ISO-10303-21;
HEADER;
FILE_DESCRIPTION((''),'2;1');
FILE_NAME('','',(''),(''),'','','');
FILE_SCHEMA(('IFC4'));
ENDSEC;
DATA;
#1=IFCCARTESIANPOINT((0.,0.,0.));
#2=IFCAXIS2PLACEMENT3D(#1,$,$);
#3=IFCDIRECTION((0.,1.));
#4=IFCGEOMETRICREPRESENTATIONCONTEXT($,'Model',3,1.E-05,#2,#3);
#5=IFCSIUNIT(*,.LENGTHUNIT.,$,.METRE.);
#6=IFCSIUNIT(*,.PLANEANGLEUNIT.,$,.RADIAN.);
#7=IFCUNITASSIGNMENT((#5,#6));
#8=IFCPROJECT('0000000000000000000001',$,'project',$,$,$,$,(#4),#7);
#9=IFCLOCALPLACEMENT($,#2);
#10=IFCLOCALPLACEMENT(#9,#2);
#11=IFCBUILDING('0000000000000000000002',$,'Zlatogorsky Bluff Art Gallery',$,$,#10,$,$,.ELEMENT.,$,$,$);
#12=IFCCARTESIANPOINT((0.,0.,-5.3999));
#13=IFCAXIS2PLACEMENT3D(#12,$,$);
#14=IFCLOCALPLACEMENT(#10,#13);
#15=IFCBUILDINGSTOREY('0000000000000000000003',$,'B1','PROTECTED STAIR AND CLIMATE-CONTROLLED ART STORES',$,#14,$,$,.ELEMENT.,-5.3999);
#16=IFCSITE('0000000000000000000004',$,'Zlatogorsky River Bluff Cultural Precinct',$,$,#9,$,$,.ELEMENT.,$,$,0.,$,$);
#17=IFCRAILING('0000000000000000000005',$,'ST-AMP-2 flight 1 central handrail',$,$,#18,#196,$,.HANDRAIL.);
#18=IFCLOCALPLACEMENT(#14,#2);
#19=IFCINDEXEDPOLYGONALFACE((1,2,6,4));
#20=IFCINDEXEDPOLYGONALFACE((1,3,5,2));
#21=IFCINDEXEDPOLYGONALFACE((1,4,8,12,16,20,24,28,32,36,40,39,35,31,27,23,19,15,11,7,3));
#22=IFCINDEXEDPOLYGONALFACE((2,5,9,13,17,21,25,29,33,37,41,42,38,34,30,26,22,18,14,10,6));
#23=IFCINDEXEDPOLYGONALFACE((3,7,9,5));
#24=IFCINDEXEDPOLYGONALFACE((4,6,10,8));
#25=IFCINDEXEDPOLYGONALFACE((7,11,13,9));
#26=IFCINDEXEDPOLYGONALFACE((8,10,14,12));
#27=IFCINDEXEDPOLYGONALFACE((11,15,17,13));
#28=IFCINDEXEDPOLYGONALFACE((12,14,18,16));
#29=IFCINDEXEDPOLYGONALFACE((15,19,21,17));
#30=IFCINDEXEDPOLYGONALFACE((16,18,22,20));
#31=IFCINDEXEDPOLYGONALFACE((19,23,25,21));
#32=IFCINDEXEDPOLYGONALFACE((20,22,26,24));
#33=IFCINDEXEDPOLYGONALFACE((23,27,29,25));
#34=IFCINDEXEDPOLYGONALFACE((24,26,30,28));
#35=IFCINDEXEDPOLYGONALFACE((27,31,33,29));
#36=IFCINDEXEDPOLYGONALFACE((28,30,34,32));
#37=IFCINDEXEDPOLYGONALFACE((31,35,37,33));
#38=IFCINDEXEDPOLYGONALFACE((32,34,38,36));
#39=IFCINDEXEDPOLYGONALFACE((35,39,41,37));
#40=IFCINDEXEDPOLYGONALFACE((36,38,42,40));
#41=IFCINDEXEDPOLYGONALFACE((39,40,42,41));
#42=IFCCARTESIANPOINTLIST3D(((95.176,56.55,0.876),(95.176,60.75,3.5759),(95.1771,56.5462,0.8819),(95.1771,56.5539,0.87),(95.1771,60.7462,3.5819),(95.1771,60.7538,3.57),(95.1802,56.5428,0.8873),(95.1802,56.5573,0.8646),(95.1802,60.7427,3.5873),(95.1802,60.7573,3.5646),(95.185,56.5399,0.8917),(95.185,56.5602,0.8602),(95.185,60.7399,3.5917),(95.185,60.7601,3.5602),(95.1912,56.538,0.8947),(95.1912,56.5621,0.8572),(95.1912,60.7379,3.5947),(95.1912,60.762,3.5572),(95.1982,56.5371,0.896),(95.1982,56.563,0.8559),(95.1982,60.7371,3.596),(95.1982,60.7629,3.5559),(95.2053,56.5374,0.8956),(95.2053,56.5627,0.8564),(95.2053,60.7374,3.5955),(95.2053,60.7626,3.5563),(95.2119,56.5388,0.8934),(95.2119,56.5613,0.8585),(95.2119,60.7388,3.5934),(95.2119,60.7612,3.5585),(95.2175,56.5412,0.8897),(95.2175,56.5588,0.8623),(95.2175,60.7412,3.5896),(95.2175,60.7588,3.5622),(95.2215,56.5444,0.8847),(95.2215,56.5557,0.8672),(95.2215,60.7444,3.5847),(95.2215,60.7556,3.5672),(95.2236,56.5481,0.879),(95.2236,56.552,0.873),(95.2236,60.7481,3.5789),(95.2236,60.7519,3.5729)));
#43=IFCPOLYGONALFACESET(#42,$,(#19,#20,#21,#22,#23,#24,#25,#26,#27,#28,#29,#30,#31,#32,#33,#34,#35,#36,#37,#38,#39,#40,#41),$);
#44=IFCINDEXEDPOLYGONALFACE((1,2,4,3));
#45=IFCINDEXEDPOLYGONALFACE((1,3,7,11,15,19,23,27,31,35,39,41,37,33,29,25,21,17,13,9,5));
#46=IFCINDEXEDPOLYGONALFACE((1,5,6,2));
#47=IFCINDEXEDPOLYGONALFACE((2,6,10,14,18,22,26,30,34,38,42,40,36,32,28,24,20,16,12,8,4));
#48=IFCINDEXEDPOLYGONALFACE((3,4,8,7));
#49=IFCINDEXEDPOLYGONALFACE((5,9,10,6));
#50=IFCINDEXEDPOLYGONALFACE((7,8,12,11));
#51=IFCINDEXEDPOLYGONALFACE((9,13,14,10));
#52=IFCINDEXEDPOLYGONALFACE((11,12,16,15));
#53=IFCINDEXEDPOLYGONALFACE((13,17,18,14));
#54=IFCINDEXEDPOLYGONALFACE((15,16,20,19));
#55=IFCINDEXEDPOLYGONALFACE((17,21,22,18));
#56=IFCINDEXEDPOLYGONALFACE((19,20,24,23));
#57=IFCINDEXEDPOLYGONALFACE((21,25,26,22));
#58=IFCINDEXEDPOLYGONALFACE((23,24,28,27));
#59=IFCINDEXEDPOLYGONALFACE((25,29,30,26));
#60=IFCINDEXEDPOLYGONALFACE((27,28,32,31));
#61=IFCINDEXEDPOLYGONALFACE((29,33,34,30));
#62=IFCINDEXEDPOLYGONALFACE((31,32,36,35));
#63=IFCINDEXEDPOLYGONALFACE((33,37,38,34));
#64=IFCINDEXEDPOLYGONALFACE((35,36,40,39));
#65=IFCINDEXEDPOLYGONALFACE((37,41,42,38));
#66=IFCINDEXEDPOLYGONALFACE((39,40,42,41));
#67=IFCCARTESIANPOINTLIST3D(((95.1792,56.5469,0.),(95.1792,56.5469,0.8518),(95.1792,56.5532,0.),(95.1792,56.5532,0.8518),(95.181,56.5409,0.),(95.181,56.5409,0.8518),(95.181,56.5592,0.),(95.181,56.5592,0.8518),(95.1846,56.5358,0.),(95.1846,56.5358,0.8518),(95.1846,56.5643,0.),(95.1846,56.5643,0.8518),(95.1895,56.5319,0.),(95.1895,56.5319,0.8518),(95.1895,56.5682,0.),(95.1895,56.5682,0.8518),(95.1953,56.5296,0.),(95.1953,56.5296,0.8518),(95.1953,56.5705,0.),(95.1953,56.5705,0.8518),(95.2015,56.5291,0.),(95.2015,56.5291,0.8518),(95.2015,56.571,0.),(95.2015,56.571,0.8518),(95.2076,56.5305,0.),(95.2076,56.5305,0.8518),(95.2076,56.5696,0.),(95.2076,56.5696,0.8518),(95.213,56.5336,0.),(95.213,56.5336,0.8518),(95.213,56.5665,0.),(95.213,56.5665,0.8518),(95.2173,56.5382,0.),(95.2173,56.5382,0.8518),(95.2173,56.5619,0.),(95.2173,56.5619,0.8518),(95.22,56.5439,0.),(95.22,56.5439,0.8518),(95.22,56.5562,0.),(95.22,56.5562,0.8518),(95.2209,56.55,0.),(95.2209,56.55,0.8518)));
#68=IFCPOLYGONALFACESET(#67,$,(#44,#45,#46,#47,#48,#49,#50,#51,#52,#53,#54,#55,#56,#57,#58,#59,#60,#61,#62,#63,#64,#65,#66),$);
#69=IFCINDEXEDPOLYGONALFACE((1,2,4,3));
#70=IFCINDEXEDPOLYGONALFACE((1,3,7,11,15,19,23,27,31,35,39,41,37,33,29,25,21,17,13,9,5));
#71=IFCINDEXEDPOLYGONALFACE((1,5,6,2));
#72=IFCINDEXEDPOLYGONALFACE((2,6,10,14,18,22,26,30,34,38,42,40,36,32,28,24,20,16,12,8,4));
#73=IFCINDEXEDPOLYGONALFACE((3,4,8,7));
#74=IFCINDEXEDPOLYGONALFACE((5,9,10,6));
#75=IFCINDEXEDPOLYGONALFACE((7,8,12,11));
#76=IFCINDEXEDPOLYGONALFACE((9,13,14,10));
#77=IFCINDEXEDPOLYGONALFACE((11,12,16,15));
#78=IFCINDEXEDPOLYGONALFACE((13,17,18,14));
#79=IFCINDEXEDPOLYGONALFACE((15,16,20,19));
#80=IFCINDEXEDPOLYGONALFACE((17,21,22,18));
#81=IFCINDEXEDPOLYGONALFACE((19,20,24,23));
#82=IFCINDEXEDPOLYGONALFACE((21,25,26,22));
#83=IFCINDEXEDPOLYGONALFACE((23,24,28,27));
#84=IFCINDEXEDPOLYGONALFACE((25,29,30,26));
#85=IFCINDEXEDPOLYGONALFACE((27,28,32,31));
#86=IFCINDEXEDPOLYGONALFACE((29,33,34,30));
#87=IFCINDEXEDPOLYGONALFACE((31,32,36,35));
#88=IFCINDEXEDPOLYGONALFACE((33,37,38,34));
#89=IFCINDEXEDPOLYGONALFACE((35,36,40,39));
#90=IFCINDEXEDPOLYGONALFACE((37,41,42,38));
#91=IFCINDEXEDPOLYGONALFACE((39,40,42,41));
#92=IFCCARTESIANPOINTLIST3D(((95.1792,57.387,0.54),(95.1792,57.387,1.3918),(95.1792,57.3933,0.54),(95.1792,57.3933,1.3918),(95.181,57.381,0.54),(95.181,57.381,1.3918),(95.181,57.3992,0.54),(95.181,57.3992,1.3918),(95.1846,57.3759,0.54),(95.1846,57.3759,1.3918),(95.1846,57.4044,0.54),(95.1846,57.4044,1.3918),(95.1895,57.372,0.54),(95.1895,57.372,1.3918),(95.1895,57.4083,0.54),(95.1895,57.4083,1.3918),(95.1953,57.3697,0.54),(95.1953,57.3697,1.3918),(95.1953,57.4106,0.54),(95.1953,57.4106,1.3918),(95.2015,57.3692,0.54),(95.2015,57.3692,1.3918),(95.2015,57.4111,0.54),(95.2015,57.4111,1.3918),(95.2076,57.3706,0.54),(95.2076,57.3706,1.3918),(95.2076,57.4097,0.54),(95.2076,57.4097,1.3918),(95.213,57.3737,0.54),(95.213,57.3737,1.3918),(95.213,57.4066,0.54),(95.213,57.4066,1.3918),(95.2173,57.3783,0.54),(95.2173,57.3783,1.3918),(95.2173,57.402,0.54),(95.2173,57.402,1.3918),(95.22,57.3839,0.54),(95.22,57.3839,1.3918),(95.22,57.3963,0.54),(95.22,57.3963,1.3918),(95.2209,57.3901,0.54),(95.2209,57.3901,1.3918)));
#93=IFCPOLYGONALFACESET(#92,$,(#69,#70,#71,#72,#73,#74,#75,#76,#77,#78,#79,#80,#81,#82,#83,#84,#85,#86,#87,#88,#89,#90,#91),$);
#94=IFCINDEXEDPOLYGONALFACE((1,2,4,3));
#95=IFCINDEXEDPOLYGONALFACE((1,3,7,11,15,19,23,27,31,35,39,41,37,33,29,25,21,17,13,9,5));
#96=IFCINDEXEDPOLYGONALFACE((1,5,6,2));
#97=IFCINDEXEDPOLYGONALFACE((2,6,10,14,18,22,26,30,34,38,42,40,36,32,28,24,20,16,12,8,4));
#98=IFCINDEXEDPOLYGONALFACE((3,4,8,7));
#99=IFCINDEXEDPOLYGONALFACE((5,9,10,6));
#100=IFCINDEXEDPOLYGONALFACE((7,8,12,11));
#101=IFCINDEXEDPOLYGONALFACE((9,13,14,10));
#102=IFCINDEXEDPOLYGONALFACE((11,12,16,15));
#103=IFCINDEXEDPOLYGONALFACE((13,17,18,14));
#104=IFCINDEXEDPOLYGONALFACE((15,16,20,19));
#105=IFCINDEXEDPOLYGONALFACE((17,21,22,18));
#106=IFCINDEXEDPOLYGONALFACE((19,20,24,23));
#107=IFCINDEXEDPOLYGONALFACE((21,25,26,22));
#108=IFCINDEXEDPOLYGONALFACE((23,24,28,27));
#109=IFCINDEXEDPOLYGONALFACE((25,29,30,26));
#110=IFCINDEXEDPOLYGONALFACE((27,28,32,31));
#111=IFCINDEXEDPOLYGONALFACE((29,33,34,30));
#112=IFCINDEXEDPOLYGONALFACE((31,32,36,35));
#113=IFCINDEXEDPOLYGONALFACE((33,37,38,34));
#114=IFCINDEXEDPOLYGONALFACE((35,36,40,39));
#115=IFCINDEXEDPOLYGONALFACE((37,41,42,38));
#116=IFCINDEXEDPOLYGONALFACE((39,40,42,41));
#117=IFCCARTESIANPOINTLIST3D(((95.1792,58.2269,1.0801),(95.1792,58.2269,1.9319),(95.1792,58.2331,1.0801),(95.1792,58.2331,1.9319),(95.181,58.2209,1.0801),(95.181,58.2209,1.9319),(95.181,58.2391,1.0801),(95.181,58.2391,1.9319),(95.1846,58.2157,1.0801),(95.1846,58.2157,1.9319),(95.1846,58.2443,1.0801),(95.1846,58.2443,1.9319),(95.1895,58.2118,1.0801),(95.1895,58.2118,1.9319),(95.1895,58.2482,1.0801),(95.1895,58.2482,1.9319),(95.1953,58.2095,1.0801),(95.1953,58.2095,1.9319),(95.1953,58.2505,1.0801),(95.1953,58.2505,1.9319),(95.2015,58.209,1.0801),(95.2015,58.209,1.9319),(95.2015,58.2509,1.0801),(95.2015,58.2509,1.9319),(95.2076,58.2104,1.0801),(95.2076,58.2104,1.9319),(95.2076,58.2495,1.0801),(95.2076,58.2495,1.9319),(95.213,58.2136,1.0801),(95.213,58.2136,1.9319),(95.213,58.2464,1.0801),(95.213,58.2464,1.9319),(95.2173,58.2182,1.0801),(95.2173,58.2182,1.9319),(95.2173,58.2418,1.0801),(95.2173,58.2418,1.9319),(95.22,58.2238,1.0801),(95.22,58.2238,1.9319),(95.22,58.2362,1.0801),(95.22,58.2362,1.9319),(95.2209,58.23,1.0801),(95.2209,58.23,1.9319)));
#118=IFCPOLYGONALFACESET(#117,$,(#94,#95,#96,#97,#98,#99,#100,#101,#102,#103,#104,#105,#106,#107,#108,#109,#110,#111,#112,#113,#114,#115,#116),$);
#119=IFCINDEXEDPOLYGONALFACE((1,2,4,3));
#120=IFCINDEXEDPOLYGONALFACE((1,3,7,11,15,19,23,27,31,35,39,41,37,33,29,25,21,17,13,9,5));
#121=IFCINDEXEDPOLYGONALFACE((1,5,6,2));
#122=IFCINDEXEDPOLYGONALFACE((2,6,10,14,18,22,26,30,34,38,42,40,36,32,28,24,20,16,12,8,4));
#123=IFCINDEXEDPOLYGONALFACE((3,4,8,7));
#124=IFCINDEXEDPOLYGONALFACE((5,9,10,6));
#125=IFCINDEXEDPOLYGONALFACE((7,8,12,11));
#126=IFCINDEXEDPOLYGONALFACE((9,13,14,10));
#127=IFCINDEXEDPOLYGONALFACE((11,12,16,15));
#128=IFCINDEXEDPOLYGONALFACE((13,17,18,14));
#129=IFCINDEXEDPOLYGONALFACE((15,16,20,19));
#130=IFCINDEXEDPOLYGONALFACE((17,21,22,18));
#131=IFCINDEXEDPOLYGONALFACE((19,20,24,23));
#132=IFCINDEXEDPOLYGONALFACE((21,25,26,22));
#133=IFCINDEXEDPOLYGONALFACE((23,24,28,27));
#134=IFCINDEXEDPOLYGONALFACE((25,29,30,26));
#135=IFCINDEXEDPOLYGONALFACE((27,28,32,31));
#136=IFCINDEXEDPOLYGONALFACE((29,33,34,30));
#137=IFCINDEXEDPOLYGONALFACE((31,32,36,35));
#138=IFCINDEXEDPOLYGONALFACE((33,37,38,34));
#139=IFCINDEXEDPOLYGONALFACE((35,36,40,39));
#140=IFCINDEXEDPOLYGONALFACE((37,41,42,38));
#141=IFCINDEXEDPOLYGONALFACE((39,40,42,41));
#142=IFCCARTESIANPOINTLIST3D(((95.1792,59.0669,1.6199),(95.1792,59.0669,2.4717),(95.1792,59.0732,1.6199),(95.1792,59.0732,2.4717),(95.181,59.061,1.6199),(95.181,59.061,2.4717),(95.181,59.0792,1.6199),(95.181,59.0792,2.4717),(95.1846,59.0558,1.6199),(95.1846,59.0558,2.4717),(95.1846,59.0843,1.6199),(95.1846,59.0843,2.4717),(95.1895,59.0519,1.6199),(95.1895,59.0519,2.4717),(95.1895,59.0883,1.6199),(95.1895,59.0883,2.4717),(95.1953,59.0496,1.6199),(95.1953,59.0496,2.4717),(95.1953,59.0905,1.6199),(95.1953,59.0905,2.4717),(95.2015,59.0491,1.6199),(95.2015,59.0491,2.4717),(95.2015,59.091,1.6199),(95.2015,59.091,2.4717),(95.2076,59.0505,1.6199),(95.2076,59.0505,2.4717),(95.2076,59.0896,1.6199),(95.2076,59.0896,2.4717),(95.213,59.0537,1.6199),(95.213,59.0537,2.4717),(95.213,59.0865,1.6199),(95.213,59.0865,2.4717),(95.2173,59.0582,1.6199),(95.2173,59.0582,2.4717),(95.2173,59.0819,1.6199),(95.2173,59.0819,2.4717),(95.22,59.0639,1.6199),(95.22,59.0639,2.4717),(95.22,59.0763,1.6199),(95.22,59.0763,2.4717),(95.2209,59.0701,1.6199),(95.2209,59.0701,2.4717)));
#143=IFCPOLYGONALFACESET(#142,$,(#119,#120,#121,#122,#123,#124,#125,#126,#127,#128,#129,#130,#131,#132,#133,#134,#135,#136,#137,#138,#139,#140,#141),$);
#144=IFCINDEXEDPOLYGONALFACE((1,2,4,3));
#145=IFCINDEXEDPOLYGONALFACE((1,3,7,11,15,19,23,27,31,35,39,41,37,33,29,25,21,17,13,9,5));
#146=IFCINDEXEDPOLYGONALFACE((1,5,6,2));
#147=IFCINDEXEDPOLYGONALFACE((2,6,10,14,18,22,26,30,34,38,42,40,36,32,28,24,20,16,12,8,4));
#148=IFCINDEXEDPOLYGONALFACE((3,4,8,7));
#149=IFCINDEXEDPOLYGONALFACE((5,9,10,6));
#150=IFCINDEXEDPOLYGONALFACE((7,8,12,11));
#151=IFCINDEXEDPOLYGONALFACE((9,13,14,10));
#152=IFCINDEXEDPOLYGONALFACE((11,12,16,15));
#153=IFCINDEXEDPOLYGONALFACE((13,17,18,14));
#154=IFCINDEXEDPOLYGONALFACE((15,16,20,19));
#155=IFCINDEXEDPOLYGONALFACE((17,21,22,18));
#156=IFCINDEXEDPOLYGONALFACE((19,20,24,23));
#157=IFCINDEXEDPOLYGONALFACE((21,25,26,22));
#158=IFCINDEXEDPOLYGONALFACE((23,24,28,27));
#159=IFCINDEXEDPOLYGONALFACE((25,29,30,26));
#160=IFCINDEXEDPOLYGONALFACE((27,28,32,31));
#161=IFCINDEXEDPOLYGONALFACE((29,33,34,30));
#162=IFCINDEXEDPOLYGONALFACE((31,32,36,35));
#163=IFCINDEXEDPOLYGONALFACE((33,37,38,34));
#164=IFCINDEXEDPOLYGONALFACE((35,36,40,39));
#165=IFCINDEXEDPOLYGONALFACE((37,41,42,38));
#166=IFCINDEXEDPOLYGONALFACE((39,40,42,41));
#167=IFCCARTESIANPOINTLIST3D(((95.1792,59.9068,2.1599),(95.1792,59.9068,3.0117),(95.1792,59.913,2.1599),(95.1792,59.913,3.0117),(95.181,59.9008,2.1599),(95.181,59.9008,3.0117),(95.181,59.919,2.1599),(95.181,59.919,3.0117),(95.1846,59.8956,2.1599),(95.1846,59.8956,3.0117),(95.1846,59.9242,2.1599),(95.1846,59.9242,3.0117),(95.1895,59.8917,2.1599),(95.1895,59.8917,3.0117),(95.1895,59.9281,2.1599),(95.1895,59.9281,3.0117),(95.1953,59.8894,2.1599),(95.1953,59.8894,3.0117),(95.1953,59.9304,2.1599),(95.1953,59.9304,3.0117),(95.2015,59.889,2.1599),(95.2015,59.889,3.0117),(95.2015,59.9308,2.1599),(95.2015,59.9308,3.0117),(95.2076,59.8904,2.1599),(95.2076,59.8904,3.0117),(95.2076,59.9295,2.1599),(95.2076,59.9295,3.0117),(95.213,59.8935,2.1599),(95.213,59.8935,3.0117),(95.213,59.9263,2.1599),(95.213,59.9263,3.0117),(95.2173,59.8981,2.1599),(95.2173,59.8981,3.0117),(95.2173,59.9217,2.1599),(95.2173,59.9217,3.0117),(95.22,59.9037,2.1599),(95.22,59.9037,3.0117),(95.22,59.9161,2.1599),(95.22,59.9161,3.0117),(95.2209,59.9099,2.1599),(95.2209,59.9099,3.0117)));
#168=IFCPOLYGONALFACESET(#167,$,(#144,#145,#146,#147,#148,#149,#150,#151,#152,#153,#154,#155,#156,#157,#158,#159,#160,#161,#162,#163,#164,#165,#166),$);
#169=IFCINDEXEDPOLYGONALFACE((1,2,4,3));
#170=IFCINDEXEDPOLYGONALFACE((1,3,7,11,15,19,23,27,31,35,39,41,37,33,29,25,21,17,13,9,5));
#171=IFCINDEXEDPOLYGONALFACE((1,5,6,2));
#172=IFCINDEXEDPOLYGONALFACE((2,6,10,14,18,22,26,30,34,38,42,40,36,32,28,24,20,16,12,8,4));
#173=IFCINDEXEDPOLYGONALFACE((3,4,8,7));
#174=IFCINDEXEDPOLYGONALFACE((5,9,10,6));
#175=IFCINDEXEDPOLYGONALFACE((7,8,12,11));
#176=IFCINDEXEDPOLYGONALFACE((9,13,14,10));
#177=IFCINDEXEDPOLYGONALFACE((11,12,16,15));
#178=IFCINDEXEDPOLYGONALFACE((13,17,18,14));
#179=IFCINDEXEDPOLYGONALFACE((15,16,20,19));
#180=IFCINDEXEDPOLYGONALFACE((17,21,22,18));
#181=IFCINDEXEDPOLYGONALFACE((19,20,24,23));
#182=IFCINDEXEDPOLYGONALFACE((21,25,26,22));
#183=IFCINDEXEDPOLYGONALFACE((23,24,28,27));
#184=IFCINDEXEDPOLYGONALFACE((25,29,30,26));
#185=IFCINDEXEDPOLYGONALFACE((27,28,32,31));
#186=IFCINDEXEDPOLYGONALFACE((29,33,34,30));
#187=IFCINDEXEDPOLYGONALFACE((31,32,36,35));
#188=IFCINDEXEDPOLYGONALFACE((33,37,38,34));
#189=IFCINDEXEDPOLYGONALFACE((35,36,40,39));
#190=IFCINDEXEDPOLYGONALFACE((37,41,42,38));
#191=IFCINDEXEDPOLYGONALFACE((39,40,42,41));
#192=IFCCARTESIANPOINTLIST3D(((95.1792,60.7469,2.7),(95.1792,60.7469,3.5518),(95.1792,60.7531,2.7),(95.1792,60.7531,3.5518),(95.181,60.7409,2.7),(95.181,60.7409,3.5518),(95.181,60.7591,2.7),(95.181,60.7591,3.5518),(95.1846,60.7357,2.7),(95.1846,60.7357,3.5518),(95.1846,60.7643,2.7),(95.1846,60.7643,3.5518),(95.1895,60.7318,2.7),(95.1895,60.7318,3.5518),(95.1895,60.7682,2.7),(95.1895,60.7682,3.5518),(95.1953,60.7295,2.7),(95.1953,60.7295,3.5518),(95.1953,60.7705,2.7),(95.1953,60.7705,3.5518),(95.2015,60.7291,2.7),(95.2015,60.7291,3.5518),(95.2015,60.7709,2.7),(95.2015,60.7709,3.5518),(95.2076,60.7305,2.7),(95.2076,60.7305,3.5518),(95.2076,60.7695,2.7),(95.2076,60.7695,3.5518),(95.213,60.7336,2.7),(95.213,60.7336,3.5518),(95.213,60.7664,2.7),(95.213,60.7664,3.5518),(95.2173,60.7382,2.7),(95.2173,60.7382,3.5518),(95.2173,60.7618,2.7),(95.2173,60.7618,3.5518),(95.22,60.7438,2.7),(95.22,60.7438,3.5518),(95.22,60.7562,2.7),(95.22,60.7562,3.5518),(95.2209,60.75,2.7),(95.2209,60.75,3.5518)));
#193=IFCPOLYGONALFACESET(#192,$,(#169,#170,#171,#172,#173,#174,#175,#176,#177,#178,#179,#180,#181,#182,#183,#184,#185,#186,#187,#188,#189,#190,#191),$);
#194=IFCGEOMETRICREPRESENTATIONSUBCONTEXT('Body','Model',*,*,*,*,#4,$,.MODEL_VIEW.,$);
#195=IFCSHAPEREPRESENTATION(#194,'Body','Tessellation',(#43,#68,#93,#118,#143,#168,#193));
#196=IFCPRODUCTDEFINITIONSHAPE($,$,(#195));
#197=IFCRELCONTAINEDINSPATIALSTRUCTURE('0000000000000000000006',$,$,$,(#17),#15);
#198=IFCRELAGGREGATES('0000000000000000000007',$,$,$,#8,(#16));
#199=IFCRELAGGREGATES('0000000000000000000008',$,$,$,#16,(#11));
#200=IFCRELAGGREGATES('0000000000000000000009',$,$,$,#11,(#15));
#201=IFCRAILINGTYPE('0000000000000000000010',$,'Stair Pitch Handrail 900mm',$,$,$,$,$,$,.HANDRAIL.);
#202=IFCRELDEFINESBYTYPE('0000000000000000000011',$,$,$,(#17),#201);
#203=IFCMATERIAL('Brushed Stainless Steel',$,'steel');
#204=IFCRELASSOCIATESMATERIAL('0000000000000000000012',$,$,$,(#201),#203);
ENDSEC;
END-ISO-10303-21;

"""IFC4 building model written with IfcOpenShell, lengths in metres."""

from ifc_helpers import new_model, si_unit, direction, frame, origin, origin_2d, place, context, subcontext, project, spatial, circle, extrude, material, type_object, element, save


model = new_model("IFC4")

# Units and contexts
model_context = context("Model", 3, precision=1e-05, world=origin(), true_north=direction((0.0, 1.0)))
body_context = subcontext(model_context, "Body", "Model", "MODEL_VIEW")
ifc_project = project(units=[si_unit("LENGTHUNIT", "METRE"), si_unit("PLANEANGLEUNIT", "RADIAN")], contexts=[model_context])

# Site, building, storey
site_placement = place(None, origin())
site = spatial("IfcSite", under=ifc_project, at=site_placement, Name="Zlatogorsky River Bluff Cultural Precinct", CompositionType="ELEMENT", RefElevation=0.0)
building_placement = place(site_placement, origin())
building = spatial("IfcBuilding", under=site, at=building_placement, Name="Zlatogorsky Bluff Art Gallery", CompositionType="ELEMENT")
storey_placement = place(building_placement, frame((0.0, 0.0, -5.3999)))
storey = spatial("IfcBuildingStorey", under=building, at=storey_placement, Name="B1", Description="PROTECTED STAIR AND CLIMATE-CONTROLLED ART STORES", CompositionType="ELEMENT", Elevation=-5.3999)

# Railing
ifc_material_1 = material(Name="Brushed Stainless Steel", Category="steel")
railing_type_1 = type_object("IfcRailingType", Name="Stair Pitch Handrail 900mm", PredefinedType="HANDRAIL", material=ifc_material_1)
railing_placement = place(storey_placement, frame((95.2, 56.55, 0.0)))
element("IfcRailing", 1, at=railing_placement, inside=storey, type_object=railing_type_1, Name="ST-AMP-2 flight 1 central handrail", PredefinedType="HANDRAIL", context=body_context, shape_type="SweptSolid", body=[
    extrude(circle(Radius=0.0239, at=origin_2d()), frame((0.0, 0.0, 0.876), z_axis=(0.0, 0.84118, 0.540755), x_axis=(-1.0, 0.0, 0.0)), (0.0, 0.0, 1.0), 4.9929),
    extrude(circle(Radius=0.021, at=origin_2d()), origin(), (0.0, 0.0, 1.0), 0.8518),
    extrude(circle(Radius=0.021, at=origin_2d()), frame((0.0, 0.8401, 0.54)), (0.0, 0.0, 1.0), 0.8518),
    extrude(circle(Radius=0.021, at=origin_2d()), frame((0.0, 1.6799, 1.0801)), (0.0, 0.0, 1.0), 0.8518),
    extrude(circle(Radius=0.021, at=origin_2d()), frame((0.0, 2.52, 1.6199)), (0.0, 0.0, 1.0), 0.8518),
    extrude(circle(Radius=0.021, at=origin_2d()), frame((0.0, 3.3599, 2.1599)), (0.0, 0.0, 1.0), 0.8518),
    extrude(circle(Radius=0.021, at=origin_2d()), frame((0.0, 4.2, 2.7)), (0.0, 0.0, 1.0), 0.8518),
])

save(model, "model.ifc")
